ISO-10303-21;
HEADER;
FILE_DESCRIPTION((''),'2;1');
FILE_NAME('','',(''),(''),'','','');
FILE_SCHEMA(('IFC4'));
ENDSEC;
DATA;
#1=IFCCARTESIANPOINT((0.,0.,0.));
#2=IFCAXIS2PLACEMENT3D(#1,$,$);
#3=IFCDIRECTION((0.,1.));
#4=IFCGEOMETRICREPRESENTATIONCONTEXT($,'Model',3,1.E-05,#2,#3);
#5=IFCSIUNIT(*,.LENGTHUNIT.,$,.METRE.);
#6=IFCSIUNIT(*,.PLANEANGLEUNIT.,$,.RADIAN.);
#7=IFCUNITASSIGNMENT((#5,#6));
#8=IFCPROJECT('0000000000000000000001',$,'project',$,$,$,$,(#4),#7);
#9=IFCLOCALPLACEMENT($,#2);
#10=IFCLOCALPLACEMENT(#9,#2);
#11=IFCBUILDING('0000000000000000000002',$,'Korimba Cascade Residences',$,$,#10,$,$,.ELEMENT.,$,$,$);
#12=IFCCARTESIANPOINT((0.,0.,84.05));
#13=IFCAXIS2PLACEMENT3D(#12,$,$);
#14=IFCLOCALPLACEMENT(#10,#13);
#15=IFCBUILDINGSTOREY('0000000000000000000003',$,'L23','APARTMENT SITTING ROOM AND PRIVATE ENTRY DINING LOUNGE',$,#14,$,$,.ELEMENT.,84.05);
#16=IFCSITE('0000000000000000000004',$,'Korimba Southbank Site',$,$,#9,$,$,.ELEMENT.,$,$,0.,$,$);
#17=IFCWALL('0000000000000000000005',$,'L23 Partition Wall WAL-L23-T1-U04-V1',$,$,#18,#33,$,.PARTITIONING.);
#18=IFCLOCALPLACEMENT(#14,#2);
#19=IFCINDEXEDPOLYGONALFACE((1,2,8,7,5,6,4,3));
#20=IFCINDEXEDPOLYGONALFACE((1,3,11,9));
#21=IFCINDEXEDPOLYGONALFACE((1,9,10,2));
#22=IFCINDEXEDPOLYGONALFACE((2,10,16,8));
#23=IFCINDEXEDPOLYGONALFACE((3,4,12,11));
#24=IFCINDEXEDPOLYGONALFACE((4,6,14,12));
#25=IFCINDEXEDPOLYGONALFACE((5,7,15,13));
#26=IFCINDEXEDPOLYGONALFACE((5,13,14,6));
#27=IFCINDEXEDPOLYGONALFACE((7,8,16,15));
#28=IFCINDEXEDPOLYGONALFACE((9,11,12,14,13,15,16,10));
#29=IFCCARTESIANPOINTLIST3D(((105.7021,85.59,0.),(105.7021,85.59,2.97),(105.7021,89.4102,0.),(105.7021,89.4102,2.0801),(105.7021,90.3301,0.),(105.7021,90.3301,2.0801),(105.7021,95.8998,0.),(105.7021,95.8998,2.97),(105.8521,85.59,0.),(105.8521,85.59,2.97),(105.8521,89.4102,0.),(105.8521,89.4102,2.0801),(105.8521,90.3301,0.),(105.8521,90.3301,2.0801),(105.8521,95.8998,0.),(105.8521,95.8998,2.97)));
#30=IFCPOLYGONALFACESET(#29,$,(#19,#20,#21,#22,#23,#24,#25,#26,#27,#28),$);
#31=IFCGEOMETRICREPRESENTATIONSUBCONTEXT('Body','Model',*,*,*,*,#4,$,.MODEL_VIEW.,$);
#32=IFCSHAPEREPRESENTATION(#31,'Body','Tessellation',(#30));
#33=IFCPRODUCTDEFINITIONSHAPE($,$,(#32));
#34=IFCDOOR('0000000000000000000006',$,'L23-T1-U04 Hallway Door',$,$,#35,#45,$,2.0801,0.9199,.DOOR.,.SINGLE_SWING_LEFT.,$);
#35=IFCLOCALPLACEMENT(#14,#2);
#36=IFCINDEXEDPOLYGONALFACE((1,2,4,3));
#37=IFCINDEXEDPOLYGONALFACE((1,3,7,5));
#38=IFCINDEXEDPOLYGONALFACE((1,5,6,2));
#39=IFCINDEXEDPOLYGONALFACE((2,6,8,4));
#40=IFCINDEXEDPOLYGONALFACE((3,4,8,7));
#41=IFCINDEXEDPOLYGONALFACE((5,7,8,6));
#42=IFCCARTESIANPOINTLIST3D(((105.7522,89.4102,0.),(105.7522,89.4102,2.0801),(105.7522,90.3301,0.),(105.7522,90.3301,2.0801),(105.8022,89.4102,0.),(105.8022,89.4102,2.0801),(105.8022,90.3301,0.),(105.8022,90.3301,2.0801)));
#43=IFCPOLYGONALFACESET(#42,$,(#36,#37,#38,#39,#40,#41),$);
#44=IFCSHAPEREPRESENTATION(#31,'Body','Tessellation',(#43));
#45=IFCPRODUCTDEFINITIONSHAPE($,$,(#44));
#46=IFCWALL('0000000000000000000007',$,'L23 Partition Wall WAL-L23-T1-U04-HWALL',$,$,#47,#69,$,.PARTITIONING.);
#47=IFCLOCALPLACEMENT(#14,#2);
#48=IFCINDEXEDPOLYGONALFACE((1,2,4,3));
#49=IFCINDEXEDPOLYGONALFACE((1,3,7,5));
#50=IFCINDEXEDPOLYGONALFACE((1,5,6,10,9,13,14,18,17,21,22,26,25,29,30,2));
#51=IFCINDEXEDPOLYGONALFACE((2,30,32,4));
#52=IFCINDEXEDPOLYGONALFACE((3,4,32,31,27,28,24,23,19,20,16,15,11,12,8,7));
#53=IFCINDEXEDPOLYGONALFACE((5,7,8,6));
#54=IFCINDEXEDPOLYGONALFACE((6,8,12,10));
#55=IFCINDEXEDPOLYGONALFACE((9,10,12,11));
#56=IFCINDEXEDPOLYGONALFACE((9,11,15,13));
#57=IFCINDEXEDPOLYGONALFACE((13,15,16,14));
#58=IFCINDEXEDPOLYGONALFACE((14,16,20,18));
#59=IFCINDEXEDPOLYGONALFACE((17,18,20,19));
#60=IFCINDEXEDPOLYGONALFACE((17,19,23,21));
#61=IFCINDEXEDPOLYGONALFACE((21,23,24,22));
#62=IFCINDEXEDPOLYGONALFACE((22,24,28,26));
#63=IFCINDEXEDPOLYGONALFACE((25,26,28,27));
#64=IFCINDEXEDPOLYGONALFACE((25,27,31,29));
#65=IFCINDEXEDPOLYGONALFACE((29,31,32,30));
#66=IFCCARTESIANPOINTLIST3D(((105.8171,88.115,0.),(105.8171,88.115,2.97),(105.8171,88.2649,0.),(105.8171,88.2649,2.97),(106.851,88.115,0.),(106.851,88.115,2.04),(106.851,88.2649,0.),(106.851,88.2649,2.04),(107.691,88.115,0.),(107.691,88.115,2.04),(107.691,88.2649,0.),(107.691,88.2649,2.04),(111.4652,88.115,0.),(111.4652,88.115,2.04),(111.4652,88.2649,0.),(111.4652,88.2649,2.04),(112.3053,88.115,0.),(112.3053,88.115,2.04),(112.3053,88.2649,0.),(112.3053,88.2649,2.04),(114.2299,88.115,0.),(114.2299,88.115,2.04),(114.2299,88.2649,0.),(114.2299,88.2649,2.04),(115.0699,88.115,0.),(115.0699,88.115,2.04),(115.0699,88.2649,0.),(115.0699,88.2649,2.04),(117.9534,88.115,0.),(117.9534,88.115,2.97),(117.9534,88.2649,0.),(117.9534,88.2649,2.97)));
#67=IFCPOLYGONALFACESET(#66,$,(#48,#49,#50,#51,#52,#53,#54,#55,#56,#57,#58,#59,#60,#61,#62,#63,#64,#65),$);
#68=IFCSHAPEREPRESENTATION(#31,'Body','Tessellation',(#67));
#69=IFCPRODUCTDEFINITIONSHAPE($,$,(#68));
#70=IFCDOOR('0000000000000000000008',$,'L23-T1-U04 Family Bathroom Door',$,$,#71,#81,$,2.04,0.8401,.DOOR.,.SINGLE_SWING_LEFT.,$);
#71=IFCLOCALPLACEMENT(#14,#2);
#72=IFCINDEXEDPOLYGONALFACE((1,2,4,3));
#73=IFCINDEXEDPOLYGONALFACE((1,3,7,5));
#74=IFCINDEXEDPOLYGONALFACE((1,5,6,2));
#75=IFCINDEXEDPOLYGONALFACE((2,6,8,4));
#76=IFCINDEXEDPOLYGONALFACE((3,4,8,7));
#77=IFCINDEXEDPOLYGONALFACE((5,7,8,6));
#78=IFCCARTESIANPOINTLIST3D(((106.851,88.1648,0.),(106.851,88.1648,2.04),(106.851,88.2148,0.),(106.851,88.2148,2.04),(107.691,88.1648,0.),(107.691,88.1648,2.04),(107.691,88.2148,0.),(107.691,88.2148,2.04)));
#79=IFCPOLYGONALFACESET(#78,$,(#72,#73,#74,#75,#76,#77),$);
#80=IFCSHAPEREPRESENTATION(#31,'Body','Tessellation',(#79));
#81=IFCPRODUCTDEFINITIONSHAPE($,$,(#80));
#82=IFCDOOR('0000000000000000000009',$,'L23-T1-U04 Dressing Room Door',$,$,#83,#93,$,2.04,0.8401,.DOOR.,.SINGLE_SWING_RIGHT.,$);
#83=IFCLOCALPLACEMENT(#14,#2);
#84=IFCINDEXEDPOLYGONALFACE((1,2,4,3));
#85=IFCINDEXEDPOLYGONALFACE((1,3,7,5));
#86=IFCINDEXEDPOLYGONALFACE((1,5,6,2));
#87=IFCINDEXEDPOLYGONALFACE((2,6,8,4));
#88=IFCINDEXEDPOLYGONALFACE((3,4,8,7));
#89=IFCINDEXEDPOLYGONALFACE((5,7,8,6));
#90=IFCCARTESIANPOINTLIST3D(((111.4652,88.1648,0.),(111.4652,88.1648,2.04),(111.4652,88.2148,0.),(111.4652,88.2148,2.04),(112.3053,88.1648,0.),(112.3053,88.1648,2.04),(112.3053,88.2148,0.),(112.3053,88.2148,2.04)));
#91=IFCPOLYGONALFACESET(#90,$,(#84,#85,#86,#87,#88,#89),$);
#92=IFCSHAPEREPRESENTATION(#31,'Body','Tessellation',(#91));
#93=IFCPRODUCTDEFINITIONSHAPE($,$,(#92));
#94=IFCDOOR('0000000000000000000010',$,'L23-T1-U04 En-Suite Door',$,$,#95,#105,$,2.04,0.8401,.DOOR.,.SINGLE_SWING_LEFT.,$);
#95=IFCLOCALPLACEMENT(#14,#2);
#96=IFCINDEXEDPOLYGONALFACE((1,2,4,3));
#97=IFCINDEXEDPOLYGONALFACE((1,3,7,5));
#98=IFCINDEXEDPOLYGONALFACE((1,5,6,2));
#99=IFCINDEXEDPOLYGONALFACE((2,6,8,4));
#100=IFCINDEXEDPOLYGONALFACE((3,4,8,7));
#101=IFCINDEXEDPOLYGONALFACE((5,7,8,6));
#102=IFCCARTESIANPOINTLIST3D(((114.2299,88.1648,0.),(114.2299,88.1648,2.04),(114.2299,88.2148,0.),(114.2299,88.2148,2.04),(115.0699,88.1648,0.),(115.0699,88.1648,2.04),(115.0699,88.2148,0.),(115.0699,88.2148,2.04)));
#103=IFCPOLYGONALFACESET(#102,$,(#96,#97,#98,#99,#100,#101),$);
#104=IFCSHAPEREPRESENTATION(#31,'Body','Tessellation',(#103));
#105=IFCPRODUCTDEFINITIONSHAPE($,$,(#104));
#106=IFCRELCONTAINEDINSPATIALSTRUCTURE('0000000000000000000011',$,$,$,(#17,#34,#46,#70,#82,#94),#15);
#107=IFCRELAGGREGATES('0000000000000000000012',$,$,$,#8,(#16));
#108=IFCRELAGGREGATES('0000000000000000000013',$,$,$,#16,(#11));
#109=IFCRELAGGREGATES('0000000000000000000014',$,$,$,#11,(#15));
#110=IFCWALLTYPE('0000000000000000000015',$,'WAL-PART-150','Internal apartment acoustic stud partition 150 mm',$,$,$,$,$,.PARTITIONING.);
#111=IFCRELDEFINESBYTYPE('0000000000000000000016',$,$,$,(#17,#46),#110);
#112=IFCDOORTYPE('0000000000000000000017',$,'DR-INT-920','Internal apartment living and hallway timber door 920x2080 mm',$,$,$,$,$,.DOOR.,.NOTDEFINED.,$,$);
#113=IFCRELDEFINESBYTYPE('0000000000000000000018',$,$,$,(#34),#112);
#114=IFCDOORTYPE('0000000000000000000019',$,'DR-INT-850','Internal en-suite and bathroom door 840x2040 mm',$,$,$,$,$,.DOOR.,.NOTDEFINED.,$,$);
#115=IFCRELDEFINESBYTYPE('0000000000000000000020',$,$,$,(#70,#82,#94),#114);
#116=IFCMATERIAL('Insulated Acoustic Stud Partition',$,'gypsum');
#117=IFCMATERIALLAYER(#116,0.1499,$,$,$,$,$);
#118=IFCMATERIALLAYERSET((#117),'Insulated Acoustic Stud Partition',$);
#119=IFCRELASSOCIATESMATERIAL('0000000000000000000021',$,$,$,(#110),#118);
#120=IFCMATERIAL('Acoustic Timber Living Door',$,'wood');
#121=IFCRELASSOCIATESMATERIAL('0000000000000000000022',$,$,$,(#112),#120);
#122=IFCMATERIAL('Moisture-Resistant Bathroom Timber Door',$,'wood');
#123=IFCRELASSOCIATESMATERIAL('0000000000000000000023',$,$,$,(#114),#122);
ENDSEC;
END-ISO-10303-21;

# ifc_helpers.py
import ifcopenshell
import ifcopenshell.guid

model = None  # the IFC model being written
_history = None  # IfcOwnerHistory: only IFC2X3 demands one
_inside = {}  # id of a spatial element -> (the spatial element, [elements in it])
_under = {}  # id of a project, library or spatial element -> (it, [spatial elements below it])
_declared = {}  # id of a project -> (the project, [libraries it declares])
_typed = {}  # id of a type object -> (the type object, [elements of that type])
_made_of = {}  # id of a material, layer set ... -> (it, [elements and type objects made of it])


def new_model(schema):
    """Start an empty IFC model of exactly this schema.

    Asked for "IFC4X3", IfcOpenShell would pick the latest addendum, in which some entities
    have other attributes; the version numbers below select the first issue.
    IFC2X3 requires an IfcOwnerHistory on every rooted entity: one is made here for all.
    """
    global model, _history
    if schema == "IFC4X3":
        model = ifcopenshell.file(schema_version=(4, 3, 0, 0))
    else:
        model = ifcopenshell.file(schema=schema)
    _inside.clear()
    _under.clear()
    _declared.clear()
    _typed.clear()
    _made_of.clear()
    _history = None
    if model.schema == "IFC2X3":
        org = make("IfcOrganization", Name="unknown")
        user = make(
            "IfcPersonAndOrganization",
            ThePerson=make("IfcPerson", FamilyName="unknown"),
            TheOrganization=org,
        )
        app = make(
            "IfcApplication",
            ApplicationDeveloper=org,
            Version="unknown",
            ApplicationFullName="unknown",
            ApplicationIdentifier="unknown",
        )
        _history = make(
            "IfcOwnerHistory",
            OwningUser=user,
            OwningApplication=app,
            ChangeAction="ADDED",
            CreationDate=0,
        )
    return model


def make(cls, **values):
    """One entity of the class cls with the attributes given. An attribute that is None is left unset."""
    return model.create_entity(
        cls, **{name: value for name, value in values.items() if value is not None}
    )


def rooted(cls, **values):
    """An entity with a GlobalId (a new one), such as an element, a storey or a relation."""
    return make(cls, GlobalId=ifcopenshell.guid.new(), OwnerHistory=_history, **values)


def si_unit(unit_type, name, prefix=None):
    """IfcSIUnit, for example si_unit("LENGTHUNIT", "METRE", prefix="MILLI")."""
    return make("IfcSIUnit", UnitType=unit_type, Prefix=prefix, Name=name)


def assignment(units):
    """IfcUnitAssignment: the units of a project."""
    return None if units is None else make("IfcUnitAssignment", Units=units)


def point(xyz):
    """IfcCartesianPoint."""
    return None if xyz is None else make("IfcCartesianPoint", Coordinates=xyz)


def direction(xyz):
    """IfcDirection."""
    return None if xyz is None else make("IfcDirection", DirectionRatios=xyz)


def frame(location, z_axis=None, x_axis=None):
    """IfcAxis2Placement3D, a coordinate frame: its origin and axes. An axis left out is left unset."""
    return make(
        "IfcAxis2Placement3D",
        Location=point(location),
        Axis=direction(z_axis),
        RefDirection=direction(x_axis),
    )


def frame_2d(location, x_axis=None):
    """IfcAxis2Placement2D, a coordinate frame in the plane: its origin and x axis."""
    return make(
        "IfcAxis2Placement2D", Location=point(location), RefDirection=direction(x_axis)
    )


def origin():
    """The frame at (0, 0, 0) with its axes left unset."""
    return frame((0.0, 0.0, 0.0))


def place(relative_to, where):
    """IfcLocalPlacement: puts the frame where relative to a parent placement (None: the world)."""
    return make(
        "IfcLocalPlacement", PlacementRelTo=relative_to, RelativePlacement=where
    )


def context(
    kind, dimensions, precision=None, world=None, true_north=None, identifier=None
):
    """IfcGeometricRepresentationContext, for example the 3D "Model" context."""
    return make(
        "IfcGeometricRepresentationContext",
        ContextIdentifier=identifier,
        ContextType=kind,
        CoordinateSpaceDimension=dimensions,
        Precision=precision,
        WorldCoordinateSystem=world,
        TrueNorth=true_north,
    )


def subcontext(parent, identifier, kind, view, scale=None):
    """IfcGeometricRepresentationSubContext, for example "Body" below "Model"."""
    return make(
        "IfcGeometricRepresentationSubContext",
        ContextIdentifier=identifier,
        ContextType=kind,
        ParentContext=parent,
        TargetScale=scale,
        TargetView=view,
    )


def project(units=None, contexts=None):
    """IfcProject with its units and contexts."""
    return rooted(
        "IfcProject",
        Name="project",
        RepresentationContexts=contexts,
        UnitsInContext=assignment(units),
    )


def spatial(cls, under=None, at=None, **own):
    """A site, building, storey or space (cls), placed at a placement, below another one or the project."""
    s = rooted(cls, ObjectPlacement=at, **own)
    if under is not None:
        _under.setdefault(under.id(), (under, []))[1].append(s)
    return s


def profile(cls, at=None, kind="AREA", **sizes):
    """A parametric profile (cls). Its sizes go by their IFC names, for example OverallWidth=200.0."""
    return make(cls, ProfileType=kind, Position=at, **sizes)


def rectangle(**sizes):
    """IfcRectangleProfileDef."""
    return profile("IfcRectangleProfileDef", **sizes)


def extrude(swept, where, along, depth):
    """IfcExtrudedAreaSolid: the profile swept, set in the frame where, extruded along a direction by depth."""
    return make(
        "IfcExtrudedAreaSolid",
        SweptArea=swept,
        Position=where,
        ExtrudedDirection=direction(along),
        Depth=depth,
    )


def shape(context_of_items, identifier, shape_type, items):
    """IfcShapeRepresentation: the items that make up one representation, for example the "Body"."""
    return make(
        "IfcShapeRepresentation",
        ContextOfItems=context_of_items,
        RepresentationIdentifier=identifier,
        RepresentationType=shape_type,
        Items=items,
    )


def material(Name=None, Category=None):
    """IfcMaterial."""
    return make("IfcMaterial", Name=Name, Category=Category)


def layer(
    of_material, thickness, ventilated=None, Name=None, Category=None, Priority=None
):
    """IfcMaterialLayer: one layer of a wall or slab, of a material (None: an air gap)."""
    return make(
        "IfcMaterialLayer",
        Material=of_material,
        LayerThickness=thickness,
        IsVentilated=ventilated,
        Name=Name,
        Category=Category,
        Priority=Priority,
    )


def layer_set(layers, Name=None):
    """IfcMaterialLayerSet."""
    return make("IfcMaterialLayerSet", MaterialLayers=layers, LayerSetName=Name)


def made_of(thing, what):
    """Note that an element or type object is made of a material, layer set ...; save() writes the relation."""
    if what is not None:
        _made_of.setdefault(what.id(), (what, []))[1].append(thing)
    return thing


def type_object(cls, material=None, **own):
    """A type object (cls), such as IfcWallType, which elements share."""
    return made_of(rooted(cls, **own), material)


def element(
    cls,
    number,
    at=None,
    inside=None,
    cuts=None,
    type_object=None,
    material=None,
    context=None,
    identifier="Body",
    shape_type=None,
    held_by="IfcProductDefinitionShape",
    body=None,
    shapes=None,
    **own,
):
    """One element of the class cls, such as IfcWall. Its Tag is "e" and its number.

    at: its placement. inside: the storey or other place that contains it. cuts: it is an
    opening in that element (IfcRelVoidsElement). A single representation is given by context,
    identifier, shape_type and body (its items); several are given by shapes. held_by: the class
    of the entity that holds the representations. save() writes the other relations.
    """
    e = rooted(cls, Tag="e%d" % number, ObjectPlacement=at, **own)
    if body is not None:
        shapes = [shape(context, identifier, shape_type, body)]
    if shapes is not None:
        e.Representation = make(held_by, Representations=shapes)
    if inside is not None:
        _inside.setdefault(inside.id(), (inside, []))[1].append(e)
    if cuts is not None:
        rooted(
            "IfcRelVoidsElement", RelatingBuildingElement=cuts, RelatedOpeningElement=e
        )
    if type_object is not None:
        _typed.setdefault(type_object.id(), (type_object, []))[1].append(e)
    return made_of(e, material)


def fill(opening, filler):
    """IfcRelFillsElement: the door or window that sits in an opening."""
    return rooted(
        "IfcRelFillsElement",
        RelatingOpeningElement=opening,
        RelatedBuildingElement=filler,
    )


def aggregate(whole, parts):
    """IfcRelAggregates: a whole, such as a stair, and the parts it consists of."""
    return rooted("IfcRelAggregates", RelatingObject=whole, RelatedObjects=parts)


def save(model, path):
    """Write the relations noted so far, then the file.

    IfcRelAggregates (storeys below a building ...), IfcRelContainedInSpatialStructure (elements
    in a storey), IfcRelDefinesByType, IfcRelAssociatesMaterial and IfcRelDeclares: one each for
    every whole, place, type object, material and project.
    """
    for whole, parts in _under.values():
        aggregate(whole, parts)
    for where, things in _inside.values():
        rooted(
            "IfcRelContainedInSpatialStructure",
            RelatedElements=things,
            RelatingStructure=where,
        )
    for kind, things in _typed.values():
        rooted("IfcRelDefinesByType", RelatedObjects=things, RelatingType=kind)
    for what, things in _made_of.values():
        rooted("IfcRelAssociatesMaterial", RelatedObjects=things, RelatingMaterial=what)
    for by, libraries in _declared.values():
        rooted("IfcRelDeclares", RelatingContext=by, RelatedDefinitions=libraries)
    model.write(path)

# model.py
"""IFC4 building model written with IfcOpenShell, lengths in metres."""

from ifc_helpers import new_model, si_unit, direction, frame, frame_2d, origin, place, context, subcontext, project, spatial, rectangle, extrude, material, layer, layer_set, type_object, element, fill, save


model = new_model("IFC4")

# Units and contexts
model_context = context("Model", 3, precision=1e-05, world=origin(), true_north=direction((0.0, 1.0)))
body_context = subcontext(model_context, "Body", "Model", "MODEL_VIEW")
ifc_project = project(units=[si_unit("LENGTHUNIT", "METRE"), si_unit("PLANEANGLEUNIT", "RADIAN")], contexts=[model_context])

# Site, building, storey
site_placement = place(None, origin())
site = spatial("IfcSite", under=ifc_project, at=site_placement, Name="Korimba Southbank Site", CompositionType="ELEMENT", RefElevation=0.0)
building_placement = place(site_placement, origin())
building = spatial("IfcBuilding", under=site, at=building_placement, Name="Korimba Cascade Residences", CompositionType="ELEMENT")
storey_placement = place(building_placement, frame((0.0, 0.0, 84.05)))
storey = spatial("IfcBuildingStorey", under=building, at=storey_placement, Name="L23", Description="APARTMENT SITTING ROOM AND PRIVATE ENTRY DINING LOUNGE", CompositionType="ELEMENT", Elevation=84.05)

# Shared definitions
ifc_material_1 = material(Name="Insulated Acoustic Stud Partition", Category="gypsum")
ifc_layer = layer(ifc_material_1, 0.1499)
ifc_layer_set = layer_set([ifc_layer], Name="Insulated Acoustic Stud Partition")
wall_type = type_object("IfcWallType", Name="WAL-PART-150", Description="Internal apartment acoustic stud partition 150 mm", PredefinedType="PARTITIONING", material=ifc_layer_set)

# Wall, opening, door
wall_1_placement = place(storey_placement, frame((105.7771, 85.5901, 0.0), z_axis=(0.0, 0.0, 1.0), x_axis=(0.0, 1.0, 0.0)))
wall_1 = element("IfcWall", 1, at=wall_1_placement, inside=storey, type_object=wall_type, Name="L23 Partition Wall WAL-L23-T1-U04-V1", PredefinedType="PARTITIONING", context=body_context, shape_type="SweptSolid", body=[
    extrude(rectangle(XDim=10.3098, YDim=0.1499, at=frame_2d((5.1548, 0.0))), origin(), (0.0, 0.0, 1.0), 2.97),
])
opening_1_placement = place(wall_1_placement, frame((3.8201, 0.0, 0.0)))
opening_1 = element("IfcOpeningElement", 2, at=opening_1_placement, cuts=wall_1, PredefinedType="OPENING", context=body_context, shape_type="SweptSolid", body=[
    extrude(rectangle(XDim=0.9199, YDim=2.0801, at=frame_2d((0.46, 1.04))), frame((0.0, 0.085, 0.0), z_axis=(0.0, -1.0, 0.0), x_axis=(1.0, 0.0, 0.0)), (0.0, 0.0, 1.0), 0.1699),
])
ifc_material_2 = material(Name="Acoustic Timber Living Door", Category="wood")
door_type_1 = type_object("IfcDoorType", Name="DR-INT-920", Description="Internal apartment living and hallway timber door 920x2080 mm", OperationType="NOTDEFINED", PredefinedType="DOOR", material=ifc_material_2)
door_1_placement = place(opening_1_placement, origin())
door_1 = element("IfcDoor", 3, at=door_1_placement, inside=storey, type_object=door_type_1, Name="L23-T1-U04 Hallway Door", OperationType="SINGLE_SWING_LEFT", OverallHeight=2.0801, OverallWidth=0.9199, PredefinedType="DOOR", context=body_context, shape_type="SweptSolid", body=[
    extrude(rectangle(XDim=0.9199, YDim=2.0801, at=frame_2d((0.46, 1.04))), frame((0.0, 0.0249, 0.0), z_axis=(0.0, -1.0, 0.0), x_axis=(1.0, 0.0, 0.0)), (0.0, 0.0, 1.0), 0.05),
])
fill(opening_1, door_1)

# Wall, openings, doors
wall_2_placement = place(storey_placement, frame((105.8171, 88.1899, 0.0), z_axis=(0.0, 0.0, 1.0), x_axis=(1.0, 0.0, 0.0)))
wall_2 = element("IfcWall", 4, at=wall_2_placement, inside=storey, type_object=wall_type, Name="L23 Partition Wall WAL-L23-T1-U04-HWALL", PredefinedType="PARTITIONING", context=body_context, shape_type="SweptSolid", body=[
    extrude(rectangle(XDim=12.1362, YDim=0.1499, at=frame_2d((6.0681, 0.0))), origin(), (0.0, 0.0, 1.0), 2.97),
])
opening_2_placement = place(wall_2_placement, frame((1.0339, 0.0, 0.0)))
opening_2 = element("IfcOpeningElement", 5, at=opening_2_placement, cuts=wall_2, PredefinedType="OPENING", context=body_context, shape_type="SweptSolid", body=[
    extrude(rectangle(XDim=0.8401, YDim=2.04, at=frame_2d((0.4199, 1.02))), frame((0.0, 0.085, 0.0), z_axis=(0.0, -1.0, 0.0), x_axis=(1.0, 0.0, 0.0)), (0.0, 0.0, 1.0), 0.1699),
])
opening_3_placement = place(wall_2_placement, frame((5.6482, 0.0, 0.0)))
opening_3 = element("IfcOpeningElement", 6, at=opening_3_placement, cuts=wall_2, PredefinedType="OPENING", context=body_context, shape_type="SweptSolid", body=[
    extrude(rectangle(XDim=0.8401, YDim=2.04, at=frame_2d((0.4199, 1.02))), frame((0.0, 0.085, 0.0), z_axis=(0.0, -1.0, 0.0), x_axis=(1.0, 0.0, 0.0)), (0.0, 0.0, 1.0), 0.1699),
])
opening_4_placement = place(wall_2_placement, frame((8.4128, 0.0, 0.0)))
opening_4 = element("IfcOpeningElement", 7, at=opening_4_placement, cuts=wall_2, PredefinedType="OPENING", context=body_context, shape_type="SweptSolid", body=[
    extrude(rectangle(XDim=0.8401, YDim=2.04, at=frame_2d((0.4199, 1.02))), frame((0.0, 0.085, 0.0), z_axis=(0.0, -1.0, 0.0), x_axis=(1.0, 0.0, 0.0)), (0.0, 0.0, 1.0), 0.1699),
])
ifc_material_3 = material(Name="Moisture-Resistant Bathroom Timber Door", Category="wood")
door_type_2 = type_object("IfcDoorType", Name="DR-INT-850", Description="Internal en-suite and bathroom door 840x2040 mm", OperationType="NOTDEFINED", PredefinedType="DOOR", material=ifc_material_3)
door_2_placement = place(opening_2_placement, origin())
door_2 = element("IfcDoor", 8, at=door_2_placement, inside=storey, type_object=door_type_2, Name="L23-T1-U04 Family Bathroom Door", OperationType="SINGLE_SWING_LEFT", OverallHeight=2.04, OverallWidth=0.8401, PredefinedType="DOOR", context=body_context, shape_type="SweptSolid", body=[
    extrude(rectangle(XDim=0.8401, YDim=2.04, at=frame_2d((0.4199, 1.02))), frame((0.0, 0.0249, 0.0), z_axis=(0.0, -1.0, 0.0), x_axis=(1.0, 0.0, 0.0)), (0.0, 0.0, 1.0), 0.05),
])
fill(opening_2, door_2)
door_3_placement = place(opening_3_placement, origin())
door_3 = element("IfcDoor", 9, at=door_3_placement, inside=storey, type_object=door_type_2, Name="L23-T1-U04 Dressing Room Door", OperationType="SINGLE_SWING_RIGHT", OverallHeight=2.04, OverallWidth=0.8401, PredefinedType="DOOR", context=body_context, shape_type="SweptSolid", body=[
    extrude(rectangle(XDim=0.8401, YDim=2.04, at=frame_2d((0.4199, 1.02))), frame((0.0, 0.0249, 0.0), z_axis=(0.0, -1.0, 0.0), x_axis=(1.0, 0.0, 0.0)), (0.0, 0.0, 1.0), 0.05),
])
fill(opening_3, door_3)
door_4_placement = place(opening_4_placement, origin())
door_4 = element("IfcDoor", 10, at=door_4_placement, inside=storey, type_object=door_type_2, Name="L23-T1-U04 En-Suite Door", OperationType="SINGLE_SWING_LEFT", OverallHeight=2.04, OverallWidth=0.8401, PredefinedType="DOOR", context=body_context, shape_type="SweptSolid", body=[
    extrude(rectangle(XDim=0.8401, YDim=2.04, at=frame_2d((0.4199, 1.02))), frame((0.0, 0.0249, 0.0), z_axis=(0.0, -1.0, 0.0), x_axis=(1.0, 0.0, 0.0)), (0.0, 0.0, 1.0), 0.05),
])
fill(opening_4, door_4)

save(model, "model.ifc")
